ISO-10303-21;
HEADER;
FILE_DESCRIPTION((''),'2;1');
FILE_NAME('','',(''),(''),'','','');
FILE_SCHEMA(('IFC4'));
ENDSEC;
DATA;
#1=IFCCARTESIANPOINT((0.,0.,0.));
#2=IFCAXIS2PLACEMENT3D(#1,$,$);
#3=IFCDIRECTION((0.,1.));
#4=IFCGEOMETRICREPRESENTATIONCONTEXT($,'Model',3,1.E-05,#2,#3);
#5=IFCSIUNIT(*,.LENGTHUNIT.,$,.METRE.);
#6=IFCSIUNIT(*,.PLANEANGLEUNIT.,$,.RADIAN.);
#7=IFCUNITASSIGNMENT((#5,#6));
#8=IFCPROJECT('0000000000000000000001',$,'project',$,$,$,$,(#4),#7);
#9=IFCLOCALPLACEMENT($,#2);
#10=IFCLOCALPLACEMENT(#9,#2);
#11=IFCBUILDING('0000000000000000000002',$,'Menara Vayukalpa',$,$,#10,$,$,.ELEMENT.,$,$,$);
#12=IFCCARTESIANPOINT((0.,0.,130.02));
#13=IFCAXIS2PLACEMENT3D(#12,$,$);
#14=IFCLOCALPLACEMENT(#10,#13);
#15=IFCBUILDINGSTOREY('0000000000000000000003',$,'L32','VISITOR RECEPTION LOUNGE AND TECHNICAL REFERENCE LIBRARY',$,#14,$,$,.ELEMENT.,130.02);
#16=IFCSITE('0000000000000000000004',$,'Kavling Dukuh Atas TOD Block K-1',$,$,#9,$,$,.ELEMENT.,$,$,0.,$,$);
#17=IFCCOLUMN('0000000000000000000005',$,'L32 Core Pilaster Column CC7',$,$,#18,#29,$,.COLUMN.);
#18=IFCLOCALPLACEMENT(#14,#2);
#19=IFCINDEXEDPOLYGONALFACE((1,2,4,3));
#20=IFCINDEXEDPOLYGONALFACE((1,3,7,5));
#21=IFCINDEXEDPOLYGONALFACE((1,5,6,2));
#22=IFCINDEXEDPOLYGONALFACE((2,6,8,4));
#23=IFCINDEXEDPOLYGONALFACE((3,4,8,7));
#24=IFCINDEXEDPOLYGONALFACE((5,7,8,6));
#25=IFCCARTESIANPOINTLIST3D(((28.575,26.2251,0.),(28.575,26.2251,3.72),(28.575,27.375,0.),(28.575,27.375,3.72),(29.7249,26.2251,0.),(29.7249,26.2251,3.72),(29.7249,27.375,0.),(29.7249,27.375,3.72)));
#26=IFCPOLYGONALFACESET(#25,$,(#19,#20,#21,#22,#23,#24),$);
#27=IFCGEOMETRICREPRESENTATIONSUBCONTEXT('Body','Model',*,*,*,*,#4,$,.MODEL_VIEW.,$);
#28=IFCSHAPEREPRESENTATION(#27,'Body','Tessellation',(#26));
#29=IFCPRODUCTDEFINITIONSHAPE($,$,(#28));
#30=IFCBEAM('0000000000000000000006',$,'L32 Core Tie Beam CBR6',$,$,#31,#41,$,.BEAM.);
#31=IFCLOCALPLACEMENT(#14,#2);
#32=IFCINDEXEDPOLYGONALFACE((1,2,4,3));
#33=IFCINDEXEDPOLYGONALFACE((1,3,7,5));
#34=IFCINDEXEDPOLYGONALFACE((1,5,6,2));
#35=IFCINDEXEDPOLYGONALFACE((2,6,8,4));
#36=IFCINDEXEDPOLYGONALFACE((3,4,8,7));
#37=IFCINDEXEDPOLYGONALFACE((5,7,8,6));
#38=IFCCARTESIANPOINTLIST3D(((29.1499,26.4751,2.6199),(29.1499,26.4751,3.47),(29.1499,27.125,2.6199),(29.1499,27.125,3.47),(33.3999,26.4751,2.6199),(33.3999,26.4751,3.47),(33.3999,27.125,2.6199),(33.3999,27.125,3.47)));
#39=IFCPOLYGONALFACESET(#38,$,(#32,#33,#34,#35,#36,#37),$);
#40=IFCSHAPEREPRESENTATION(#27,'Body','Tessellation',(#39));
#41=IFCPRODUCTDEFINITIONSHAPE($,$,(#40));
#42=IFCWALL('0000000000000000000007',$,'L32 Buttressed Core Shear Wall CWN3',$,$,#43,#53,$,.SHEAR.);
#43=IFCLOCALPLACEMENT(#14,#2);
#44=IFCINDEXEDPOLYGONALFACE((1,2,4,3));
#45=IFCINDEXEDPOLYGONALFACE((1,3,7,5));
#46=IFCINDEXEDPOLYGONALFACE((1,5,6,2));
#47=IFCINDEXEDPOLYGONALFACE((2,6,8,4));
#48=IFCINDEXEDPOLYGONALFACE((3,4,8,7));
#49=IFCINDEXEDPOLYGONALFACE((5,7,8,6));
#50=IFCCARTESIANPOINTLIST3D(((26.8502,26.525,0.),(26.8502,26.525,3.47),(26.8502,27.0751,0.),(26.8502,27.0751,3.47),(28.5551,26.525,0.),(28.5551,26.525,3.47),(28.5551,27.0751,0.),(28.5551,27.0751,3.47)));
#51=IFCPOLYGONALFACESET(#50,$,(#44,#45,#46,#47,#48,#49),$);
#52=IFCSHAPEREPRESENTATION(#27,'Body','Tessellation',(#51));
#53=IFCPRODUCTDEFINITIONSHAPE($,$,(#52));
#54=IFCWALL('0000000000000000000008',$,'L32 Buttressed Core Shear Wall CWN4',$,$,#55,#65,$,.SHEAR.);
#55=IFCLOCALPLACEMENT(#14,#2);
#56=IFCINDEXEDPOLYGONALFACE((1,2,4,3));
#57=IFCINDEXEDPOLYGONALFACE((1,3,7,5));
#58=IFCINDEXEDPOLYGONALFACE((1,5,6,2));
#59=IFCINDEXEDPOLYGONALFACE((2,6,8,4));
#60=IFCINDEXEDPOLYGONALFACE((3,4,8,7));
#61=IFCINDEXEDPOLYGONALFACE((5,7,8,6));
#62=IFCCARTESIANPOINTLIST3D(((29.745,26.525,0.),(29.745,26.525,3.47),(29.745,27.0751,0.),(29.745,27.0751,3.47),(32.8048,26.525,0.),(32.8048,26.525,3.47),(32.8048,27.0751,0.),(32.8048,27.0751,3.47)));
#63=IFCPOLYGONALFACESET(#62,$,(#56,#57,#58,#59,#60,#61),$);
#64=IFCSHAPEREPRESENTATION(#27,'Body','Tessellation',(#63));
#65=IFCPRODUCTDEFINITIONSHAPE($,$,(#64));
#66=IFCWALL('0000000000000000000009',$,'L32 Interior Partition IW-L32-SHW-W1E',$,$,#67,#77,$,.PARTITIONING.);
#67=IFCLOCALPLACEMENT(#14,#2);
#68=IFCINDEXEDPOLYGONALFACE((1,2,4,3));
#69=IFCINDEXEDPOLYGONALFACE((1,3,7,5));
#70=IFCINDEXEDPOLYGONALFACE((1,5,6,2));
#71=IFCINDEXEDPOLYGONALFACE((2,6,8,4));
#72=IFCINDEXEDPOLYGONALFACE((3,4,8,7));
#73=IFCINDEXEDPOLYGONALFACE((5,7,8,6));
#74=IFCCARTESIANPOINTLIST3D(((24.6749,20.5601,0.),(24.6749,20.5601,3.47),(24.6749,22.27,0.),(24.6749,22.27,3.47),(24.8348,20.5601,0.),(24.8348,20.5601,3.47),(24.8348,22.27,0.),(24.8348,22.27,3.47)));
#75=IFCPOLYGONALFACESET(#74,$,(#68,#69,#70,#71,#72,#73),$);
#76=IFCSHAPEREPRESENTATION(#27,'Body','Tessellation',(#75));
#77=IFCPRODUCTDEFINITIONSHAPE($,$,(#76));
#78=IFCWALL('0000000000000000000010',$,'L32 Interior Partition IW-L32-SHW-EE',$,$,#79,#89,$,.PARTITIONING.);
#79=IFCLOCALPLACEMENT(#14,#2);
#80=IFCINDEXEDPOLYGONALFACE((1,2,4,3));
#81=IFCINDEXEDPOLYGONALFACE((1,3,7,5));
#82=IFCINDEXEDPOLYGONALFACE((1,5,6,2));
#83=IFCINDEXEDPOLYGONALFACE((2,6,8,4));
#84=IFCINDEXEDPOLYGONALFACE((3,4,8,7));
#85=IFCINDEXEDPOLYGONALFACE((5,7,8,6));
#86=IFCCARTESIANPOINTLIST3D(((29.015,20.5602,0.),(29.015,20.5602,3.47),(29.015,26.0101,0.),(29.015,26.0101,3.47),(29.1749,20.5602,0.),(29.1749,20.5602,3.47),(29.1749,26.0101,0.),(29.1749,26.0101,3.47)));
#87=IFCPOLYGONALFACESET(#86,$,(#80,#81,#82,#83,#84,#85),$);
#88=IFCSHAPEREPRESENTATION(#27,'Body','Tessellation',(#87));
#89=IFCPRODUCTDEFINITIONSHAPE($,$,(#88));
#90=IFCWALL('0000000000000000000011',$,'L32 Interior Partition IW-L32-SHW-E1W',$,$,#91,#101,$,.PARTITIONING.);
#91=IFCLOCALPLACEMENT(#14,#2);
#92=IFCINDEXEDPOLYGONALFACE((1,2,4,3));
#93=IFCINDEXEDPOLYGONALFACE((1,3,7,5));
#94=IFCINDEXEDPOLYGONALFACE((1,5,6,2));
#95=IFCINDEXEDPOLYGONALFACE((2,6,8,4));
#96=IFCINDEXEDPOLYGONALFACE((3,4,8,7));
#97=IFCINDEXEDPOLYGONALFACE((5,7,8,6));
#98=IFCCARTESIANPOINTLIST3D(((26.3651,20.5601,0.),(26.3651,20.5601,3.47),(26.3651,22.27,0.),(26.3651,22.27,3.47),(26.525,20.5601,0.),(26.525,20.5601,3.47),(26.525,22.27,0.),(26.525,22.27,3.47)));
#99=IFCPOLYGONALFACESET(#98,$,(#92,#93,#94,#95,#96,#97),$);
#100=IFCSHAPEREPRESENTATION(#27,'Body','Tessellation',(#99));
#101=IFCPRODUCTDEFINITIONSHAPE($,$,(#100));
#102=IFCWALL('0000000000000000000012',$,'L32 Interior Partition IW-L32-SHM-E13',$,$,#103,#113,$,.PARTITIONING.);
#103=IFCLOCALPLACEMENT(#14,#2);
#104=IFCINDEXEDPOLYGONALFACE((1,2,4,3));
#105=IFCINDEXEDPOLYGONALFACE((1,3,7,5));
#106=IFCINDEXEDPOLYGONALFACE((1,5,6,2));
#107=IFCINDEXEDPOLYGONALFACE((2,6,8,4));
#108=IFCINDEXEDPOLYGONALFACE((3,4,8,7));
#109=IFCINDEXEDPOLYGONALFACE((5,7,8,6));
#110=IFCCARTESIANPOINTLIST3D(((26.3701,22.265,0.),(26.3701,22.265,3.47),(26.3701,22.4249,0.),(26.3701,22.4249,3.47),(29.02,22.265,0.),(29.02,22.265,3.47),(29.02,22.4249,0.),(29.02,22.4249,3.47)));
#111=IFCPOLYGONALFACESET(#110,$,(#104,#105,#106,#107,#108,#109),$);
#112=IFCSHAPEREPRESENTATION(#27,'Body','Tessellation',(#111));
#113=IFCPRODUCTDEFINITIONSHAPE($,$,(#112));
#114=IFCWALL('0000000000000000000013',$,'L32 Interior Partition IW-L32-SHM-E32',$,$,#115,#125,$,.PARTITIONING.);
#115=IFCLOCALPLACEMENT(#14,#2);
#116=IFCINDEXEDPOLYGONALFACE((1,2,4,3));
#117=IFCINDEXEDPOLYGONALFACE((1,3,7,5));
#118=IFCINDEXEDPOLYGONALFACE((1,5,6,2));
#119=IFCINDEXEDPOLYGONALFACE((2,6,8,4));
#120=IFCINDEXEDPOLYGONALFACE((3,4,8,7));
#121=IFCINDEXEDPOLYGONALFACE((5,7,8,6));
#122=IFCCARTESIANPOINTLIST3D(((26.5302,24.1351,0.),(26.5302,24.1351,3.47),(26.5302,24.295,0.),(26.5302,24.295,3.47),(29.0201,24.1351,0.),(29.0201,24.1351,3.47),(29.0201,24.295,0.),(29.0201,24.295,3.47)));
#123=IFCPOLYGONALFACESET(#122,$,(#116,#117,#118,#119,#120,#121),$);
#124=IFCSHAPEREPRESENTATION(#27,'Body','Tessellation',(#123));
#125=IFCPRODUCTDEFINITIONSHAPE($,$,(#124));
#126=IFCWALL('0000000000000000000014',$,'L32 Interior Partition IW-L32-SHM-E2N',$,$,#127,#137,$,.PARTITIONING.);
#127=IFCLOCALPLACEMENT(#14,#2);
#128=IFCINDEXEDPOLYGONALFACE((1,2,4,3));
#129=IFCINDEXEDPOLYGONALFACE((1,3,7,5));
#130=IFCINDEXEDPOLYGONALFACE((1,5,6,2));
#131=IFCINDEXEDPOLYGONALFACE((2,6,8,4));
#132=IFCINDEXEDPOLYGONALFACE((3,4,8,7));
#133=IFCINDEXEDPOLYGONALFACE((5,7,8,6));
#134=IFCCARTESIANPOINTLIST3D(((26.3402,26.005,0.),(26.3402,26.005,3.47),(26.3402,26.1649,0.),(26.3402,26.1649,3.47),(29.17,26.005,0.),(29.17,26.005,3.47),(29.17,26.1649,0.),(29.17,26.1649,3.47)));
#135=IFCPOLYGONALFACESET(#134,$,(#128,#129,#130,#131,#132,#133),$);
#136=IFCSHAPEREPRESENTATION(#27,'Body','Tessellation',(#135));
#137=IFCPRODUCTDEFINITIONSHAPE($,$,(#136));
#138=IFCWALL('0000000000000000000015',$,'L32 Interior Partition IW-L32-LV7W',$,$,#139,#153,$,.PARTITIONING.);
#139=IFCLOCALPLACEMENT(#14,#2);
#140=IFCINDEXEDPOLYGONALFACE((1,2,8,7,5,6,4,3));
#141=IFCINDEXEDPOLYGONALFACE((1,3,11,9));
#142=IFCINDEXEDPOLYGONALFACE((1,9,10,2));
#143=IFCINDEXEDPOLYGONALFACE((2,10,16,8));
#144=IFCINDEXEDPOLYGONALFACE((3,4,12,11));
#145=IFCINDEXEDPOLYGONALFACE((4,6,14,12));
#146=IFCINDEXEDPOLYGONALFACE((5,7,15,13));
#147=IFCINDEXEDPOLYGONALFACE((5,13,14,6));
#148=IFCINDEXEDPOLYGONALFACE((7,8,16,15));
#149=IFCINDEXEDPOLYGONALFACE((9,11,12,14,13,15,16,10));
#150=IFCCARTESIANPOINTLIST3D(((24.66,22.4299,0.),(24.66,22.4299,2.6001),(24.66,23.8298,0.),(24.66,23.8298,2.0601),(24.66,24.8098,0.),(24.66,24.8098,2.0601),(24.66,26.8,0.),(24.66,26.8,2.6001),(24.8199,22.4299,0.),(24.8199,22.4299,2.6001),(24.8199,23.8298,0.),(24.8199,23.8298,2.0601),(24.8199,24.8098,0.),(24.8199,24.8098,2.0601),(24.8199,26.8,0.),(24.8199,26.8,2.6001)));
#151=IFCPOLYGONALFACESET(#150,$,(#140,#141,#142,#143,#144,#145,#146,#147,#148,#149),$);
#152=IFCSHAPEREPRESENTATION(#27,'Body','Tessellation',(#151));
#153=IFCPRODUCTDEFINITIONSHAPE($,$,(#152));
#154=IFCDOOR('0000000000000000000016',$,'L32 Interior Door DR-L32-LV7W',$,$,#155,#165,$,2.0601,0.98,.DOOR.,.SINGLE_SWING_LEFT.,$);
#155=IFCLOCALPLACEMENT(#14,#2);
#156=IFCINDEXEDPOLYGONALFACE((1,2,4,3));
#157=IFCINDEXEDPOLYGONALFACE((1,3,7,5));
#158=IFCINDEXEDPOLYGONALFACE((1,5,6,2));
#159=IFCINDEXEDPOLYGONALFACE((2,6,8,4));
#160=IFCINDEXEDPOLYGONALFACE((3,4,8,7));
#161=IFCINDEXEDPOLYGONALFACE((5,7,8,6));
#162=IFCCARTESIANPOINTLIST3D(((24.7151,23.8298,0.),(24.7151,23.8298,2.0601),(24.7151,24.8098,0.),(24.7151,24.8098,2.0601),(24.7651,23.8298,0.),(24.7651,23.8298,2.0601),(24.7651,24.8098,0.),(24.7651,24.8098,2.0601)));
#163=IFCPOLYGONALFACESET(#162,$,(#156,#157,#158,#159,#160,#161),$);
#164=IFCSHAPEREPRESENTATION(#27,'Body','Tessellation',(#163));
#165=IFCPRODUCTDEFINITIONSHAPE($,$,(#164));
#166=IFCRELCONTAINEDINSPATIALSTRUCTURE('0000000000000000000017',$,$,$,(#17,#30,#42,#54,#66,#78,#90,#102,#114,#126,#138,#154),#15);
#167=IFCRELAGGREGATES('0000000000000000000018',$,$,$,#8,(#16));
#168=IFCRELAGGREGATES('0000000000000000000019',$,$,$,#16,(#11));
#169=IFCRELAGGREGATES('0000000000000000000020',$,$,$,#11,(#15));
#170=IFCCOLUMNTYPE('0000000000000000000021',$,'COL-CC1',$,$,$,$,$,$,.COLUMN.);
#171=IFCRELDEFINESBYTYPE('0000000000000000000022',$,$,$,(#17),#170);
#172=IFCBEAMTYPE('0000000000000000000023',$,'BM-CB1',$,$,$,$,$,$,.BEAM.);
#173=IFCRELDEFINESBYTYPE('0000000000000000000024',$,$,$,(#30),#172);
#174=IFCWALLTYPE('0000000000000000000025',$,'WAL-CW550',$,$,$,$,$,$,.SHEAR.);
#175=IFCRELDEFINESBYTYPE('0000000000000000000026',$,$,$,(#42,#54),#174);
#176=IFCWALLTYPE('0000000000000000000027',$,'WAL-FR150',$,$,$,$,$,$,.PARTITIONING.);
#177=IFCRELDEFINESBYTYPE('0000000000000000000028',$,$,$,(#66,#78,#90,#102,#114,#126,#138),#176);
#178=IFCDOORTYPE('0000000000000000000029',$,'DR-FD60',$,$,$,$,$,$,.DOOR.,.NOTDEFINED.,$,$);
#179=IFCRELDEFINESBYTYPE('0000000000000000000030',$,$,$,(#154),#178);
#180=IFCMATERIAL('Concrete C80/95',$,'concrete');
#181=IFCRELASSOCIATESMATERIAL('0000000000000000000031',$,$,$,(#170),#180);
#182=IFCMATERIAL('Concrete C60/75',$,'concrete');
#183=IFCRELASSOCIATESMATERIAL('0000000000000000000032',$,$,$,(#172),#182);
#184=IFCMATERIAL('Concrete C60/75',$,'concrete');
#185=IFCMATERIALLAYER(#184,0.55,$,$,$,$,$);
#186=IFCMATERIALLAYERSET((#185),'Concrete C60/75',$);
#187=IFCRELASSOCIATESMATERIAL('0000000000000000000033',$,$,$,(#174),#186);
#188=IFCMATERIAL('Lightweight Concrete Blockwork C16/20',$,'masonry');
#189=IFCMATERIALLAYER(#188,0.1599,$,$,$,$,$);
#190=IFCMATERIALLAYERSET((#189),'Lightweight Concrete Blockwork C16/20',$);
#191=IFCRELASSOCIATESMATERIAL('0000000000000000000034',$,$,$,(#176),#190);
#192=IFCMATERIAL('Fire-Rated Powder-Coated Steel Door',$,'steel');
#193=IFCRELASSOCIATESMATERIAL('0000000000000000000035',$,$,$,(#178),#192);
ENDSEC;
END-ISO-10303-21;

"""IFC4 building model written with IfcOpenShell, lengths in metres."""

from ifc_helpers import new_model, si_unit, direction, frame, frame_2d, origin, origin_2d, place, context, subcontext, project, spatial, rectangle, extrude, material, layer, layer_set, material_profile, profile_set, type_object, element, fill, save


model = new_model("IFC4")

# Units and contexts
model_context = context("Model", 3, precision=1e-05, world=origin(), true_north=direction((0.0, 1.0)))
body_context = subcontext(model_context, "Body", "Model", "MODEL_VIEW")
ifc_project = project(units=[si_unit("LENGTHUNIT", "METRE"), si_unit("PLANEANGLEUNIT", "RADIAN")], contexts=[model_context])

# Site, building, storey
site_placement = place(None, origin())
site = spatial("IfcSite", under=ifc_project, at=site_placement, Name="Kavling Dukuh Atas TOD Block K-1", CompositionType="ELEMENT", RefElevation=0.0)
building_placement = place(site_placement, origin())
building = spatial("IfcBuilding", under=site, at=building_placement, Name="Menara Vayukalpa", CompositionType="ELEMENT")
storey_placement = place(building_placement, frame((0.0, 0.0, 130.02)))
storey = spatial("IfcBuildingStorey", under=building, at=storey_placement, Name="L32", Description="VISITOR RECEPTION LOUNGE AND TECHNICAL REFERENCE LIBRARY", CompositionType="ELEMENT", Elevation=130.02)

# Column
ifc_material_1 = material(Name="Concrete C80/95", Category="concrete")
ifc_material_profile_1 = material_profile(ifc_material_1, rectangle(XDim=1.1499, YDim=1.1499, at=origin_2d()), Name="RC 1150x1150")
ifc_profile_set_1 = profile_set([ifc_material_profile_1], Name="Concrete C80/95")
column_type = type_object("IfcColumnType", Name="COL-CC1", PredefinedType="COLUMN", material=ifc_profile_set_1)
column_placement = place(storey_placement, frame((29.1499, 26.8, 0.0), z_axis=(0.0, 0.0, 1.0), x_axis=(1.0, 0.0, 0.0)))
element("IfcColumn", 1, at=column_placement, inside=storey, type_object=column_type, Name="L32 Core Pilaster Column CC7", PredefinedType="COLUMN", context=body_context, shape_type="SweptSolid", body=[
    extrude(rectangle(XDim=1.1499, YDim=1.1499, at=origin_2d()), origin(), (0.0, 0.0, 1.0), 3.72),
])

# Beam
ifc_material_2 = material(Name="Concrete C60/75", Category="concrete")
ifc_material_profile_2 = material_profile(ifc_material_2, rectangle(XDim=0.6499, YDim=0.8501, at=origin_2d()), Name="RC 650x850")
ifc_profile_set_2 = profile_set([ifc_material_profile_2], Name="Concrete C60/75")
beam_type = type_object("IfcBeamType", Name="BM-CB1", PredefinedType="BEAM", material=ifc_profile_set_2)
beam_placement = place(storey_placement, frame((29.1499, 26.8, 3.0449), z_axis=(1.0, 0.0, 0.0), x_axis=(0.0, 1.0, 0.0)))
element("IfcBeam", 2, at=beam_placement, inside=storey, type_object=beam_type, Name="L32 Core Tie Beam CBR6", PredefinedType="BEAM", context=body_context, shape_type="SweptSolid", body=[
    extrude(rectangle(XDim=0.6499, YDim=0.8501, at=origin_2d()), origin(), (0.0, 0.0, 1.0), 4.25),
])

# Walls
ifc_material_3 = material(Name="Concrete C60/75", Category="concrete")
ifc_layer_1 = layer(ifc_material_3, 0.55)
ifc_layer_set_1 = layer_set([ifc_layer_1], Name="Concrete C60/75")
wall_type_1 = type_object("IfcWallType", Name="WAL-CW550", PredefinedType="SHEAR", material=ifc_layer_set_1)
wall_1_placement = place(storey_placement, frame((26.8501, 26.8, 0.0), z_axis=(0.0, 0.0, 1.0), x_axis=(1.0, 0.0, 0.0)))
element("IfcWall", 3, at=wall_1_placement, inside=storey, type_object=wall_type_1, Name="L32 Buttressed Core Shear Wall CWN3", PredefinedType="SHEAR", context=body_context, shape_type="SweptSolid", body=[
    extrude(rectangle(XDim=1.7048, YDim=0.55, at=frame_2d((0.8525, 0.0))), origin(), (0.0, 0.0, 1.0), 3.47),
])
wall_2_placement = place(storey_placement, frame((29.7451, 26.8, 0.0), z_axis=(0.0, 0.0, 1.0), x_axis=(1.0, 0.0, 0.0)))
element("IfcWall", 4, at=wall_2_placement, inside=storey, type_object=wall_type_1, Name="L32 Buttressed Core Shear Wall CWN4", PredefinedType="SHEAR", context=body_context, shape_type="SweptSolid", body=[
    extrude(rectangle(XDim=3.0598, YDim=0.55, at=frame_2d((1.5298, 0.0))), origin(), (0.0, 0.0, 1.0), 3.47),
])
ifc_material_4 = material(Name="Lightweight Concrete Blockwork C16/20", Category="masonry")
ifc_layer_2 = layer(ifc_material_4, 0.1599)
ifc_layer_set_2 = layer_set([ifc_layer_2], Name="Lightweight Concrete Blockwork C16/20")
wall_type_2 = type_object("IfcWallType", Name="WAL-FR150", PredefinedType="PARTITIONING", material=ifc_layer_set_2)
wall_3_placement = place(storey_placement, frame((24.7549, 20.5601, 0.0), z_axis=(0.0, 0.0, 1.0), x_axis=(0.0, 1.0, 0.0)))
element("IfcWall", 5, at=wall_3_placement, inside=storey, type_object=wall_type_2, Name="L32 Interior Partition IW-L32-SHW-W1E", PredefinedType="PARTITIONING", context=body_context, shape_type="SweptSolid", body=[
    extrude(rectangle(XDim=1.71, YDim=0.1599, at=frame_2d((0.855, 0.0))), origin(), (0.0, 0.0, 1.0), 3.47),
])
wall_4_placement = place(storey_placement, frame((29.095, 20.5601, 0.0), z_axis=(0.0, 0.0, 1.0), x_axis=(0.0, 1.0, 0.0)))
element("IfcWall", 6, at=wall_4_placement, inside=storey, type_object=wall_type_2, Name="L32 Interior Partition IW-L32-SHW-EE", PredefinedType="PARTITIONING", context=body_context, shape_type="SweptSolid", body=[
    extrude(rectangle(XDim=5.45, YDim=0.1599, at=frame_2d((2.7251, 0.0))), origin(), (0.0, 0.0, 1.0), 3.47),
])
wall_5_placement = place(storey_placement, frame((26.4451, 20.5601, 0.0), z_axis=(0.0, 0.0, 1.0), x_axis=(0.0, 1.0, 0.0)))
element("IfcWall", 7, at=wall_5_placement, inside=storey, type_object=wall_type_2, Name="L32 Interior Partition IW-L32-SHW-E1W", PredefinedType="PARTITIONING", context=body_context, shape_type="SweptSolid", body=[
    extrude(rectangle(XDim=1.71, YDim=0.1599, at=frame_2d((0.855, 0.0))), origin(), (0.0, 0.0, 1.0), 3.47),
])
wall_6_placement = place(storey_placement, frame((26.3701, 22.345, 0.0), z_axis=(0.0, 0.0, 1.0), x_axis=(1.0, 0.0, 0.0)))
element("IfcWall", 8, at=wall_6_placement, inside=storey, type_object=wall_type_2, Name="L32 Interior Partition IW-L32-SHM-E13", PredefinedType="PARTITIONING", context=body_context, shape_type="SweptSolid", body=[
    extrude(rectangle(XDim=2.6499, YDim=0.1599, at=frame_2d((1.325, 0.0))), origin(), (0.0, 0.0, 1.0), 3.47),
])
wall_7_placement = place(storey_placement, frame((26.53, 24.2151, 0.0), z_axis=(0.0, 0.0, 1.0), x_axis=(1.0, 0.0, 0.0)))
element("IfcWall", 9, at=wall_7_placement, inside=storey, type_object=wall_type_2, Name="L32 Interior Partition IW-L32-SHM-E32", PredefinedType="PARTITIONING", context=body_context, shape_type="SweptSolid", body=[
    extrude(rectangle(XDim=2.49, YDim=0.1599, at=frame_2d((1.2451, 0.0))), origin(), (0.0, 0.0, 1.0), 3.47),
])
wall_8_placement = place(storey_placement, frame((26.3401, 26.085, 0.0), z_axis=(0.0, 0.0, 1.0), x_axis=(1.0, 0.0, 0.0)))
element("IfcWall", 10, at=wall_8_placement, inside=storey, type_object=wall_type_2, Name="L32 Interior Partition IW-L32-SHM-E2N", PredefinedType="PARTITIONING", context=body_context, shape_type="SweptSolid", body=[
    extrude(rectangle(XDim=2.8298, YDim=0.1599, at=frame_2d((1.415, 0.0))), origin(), (0.0, 0.0, 1.0), 3.47),
])

# Wall, opening, door
wall_9_placement = place(storey_placement, frame((24.74, 22.4299, 0.0), z_axis=(0.0, 0.0, 1.0), x_axis=(0.0, 1.0, 0.0)))
wall_9 = element("IfcWall", 11, at=wall_9_placement, inside=storey, type_object=wall_type_2, Name="L32 Interior Partition IW-L32-LV7W", PredefinedType="PARTITIONING", context=body_context, shape_type="SweptSolid", body=[
    extrude(rectangle(XDim=4.3701, YDim=0.1599, at=frame_2d((2.1851, 0.0))), origin(), (0.0, 0.0, 1.0), 2.6001),
])
opening_1_placement = place(wall_9_placement, frame((1.3999, 0.0, 0.0)))
opening_1 = element("IfcOpeningElement", 12, at=opening_1_placement, cuts=wall_9, PredefinedType="OPENING", context=body_context, shape_type="SweptSolid", body=[
    extrude(rectangle(XDim=0.98, YDim=2.0601, at=frame_2d((0.49, 1.03))), frame((0.0, 0.0898, 0.0), z_axis=(0.0, -1.0, 0.0), x_axis=(1.0, 0.0, 0.0)), (0.0, 0.0, 1.0), 0.1799),
])
ifc_material_5 = material(Name="Fire-Rated Powder-Coated Steel Door", Category="steel")
door_type_1 = type_object("IfcDoorType", Name="DR-FD60", OperationType="NOTDEFINED", PredefinedType="DOOR", material=ifc_material_5)
door_1_placement = place(opening_1_placement, origin())
door_1 = element("IfcDoor", 13, at=door_1_placement, inside=storey, type_object=door_type_1, Name="L32 Interior Door DR-L32-LV7W", OperationType="SINGLE_SWING_LEFT", OverallHeight=2.0601, OverallWidth=0.98, PredefinedType="DOOR", context=body_context, shape_type="SweptSolid", body=[
    extrude(rectangle(XDim=0.98, YDim=2.0601, at=frame_2d((0.49, 1.03))), frame((0.0, 0.0249, 0.0), z_axis=(0.0, -1.0, 0.0), x_axis=(1.0, 0.0, 0.0)), (0.0, 0.0, 1.0), 0.05),
])
fill(opening_1, door_1)

save(model, "model.ifc")
